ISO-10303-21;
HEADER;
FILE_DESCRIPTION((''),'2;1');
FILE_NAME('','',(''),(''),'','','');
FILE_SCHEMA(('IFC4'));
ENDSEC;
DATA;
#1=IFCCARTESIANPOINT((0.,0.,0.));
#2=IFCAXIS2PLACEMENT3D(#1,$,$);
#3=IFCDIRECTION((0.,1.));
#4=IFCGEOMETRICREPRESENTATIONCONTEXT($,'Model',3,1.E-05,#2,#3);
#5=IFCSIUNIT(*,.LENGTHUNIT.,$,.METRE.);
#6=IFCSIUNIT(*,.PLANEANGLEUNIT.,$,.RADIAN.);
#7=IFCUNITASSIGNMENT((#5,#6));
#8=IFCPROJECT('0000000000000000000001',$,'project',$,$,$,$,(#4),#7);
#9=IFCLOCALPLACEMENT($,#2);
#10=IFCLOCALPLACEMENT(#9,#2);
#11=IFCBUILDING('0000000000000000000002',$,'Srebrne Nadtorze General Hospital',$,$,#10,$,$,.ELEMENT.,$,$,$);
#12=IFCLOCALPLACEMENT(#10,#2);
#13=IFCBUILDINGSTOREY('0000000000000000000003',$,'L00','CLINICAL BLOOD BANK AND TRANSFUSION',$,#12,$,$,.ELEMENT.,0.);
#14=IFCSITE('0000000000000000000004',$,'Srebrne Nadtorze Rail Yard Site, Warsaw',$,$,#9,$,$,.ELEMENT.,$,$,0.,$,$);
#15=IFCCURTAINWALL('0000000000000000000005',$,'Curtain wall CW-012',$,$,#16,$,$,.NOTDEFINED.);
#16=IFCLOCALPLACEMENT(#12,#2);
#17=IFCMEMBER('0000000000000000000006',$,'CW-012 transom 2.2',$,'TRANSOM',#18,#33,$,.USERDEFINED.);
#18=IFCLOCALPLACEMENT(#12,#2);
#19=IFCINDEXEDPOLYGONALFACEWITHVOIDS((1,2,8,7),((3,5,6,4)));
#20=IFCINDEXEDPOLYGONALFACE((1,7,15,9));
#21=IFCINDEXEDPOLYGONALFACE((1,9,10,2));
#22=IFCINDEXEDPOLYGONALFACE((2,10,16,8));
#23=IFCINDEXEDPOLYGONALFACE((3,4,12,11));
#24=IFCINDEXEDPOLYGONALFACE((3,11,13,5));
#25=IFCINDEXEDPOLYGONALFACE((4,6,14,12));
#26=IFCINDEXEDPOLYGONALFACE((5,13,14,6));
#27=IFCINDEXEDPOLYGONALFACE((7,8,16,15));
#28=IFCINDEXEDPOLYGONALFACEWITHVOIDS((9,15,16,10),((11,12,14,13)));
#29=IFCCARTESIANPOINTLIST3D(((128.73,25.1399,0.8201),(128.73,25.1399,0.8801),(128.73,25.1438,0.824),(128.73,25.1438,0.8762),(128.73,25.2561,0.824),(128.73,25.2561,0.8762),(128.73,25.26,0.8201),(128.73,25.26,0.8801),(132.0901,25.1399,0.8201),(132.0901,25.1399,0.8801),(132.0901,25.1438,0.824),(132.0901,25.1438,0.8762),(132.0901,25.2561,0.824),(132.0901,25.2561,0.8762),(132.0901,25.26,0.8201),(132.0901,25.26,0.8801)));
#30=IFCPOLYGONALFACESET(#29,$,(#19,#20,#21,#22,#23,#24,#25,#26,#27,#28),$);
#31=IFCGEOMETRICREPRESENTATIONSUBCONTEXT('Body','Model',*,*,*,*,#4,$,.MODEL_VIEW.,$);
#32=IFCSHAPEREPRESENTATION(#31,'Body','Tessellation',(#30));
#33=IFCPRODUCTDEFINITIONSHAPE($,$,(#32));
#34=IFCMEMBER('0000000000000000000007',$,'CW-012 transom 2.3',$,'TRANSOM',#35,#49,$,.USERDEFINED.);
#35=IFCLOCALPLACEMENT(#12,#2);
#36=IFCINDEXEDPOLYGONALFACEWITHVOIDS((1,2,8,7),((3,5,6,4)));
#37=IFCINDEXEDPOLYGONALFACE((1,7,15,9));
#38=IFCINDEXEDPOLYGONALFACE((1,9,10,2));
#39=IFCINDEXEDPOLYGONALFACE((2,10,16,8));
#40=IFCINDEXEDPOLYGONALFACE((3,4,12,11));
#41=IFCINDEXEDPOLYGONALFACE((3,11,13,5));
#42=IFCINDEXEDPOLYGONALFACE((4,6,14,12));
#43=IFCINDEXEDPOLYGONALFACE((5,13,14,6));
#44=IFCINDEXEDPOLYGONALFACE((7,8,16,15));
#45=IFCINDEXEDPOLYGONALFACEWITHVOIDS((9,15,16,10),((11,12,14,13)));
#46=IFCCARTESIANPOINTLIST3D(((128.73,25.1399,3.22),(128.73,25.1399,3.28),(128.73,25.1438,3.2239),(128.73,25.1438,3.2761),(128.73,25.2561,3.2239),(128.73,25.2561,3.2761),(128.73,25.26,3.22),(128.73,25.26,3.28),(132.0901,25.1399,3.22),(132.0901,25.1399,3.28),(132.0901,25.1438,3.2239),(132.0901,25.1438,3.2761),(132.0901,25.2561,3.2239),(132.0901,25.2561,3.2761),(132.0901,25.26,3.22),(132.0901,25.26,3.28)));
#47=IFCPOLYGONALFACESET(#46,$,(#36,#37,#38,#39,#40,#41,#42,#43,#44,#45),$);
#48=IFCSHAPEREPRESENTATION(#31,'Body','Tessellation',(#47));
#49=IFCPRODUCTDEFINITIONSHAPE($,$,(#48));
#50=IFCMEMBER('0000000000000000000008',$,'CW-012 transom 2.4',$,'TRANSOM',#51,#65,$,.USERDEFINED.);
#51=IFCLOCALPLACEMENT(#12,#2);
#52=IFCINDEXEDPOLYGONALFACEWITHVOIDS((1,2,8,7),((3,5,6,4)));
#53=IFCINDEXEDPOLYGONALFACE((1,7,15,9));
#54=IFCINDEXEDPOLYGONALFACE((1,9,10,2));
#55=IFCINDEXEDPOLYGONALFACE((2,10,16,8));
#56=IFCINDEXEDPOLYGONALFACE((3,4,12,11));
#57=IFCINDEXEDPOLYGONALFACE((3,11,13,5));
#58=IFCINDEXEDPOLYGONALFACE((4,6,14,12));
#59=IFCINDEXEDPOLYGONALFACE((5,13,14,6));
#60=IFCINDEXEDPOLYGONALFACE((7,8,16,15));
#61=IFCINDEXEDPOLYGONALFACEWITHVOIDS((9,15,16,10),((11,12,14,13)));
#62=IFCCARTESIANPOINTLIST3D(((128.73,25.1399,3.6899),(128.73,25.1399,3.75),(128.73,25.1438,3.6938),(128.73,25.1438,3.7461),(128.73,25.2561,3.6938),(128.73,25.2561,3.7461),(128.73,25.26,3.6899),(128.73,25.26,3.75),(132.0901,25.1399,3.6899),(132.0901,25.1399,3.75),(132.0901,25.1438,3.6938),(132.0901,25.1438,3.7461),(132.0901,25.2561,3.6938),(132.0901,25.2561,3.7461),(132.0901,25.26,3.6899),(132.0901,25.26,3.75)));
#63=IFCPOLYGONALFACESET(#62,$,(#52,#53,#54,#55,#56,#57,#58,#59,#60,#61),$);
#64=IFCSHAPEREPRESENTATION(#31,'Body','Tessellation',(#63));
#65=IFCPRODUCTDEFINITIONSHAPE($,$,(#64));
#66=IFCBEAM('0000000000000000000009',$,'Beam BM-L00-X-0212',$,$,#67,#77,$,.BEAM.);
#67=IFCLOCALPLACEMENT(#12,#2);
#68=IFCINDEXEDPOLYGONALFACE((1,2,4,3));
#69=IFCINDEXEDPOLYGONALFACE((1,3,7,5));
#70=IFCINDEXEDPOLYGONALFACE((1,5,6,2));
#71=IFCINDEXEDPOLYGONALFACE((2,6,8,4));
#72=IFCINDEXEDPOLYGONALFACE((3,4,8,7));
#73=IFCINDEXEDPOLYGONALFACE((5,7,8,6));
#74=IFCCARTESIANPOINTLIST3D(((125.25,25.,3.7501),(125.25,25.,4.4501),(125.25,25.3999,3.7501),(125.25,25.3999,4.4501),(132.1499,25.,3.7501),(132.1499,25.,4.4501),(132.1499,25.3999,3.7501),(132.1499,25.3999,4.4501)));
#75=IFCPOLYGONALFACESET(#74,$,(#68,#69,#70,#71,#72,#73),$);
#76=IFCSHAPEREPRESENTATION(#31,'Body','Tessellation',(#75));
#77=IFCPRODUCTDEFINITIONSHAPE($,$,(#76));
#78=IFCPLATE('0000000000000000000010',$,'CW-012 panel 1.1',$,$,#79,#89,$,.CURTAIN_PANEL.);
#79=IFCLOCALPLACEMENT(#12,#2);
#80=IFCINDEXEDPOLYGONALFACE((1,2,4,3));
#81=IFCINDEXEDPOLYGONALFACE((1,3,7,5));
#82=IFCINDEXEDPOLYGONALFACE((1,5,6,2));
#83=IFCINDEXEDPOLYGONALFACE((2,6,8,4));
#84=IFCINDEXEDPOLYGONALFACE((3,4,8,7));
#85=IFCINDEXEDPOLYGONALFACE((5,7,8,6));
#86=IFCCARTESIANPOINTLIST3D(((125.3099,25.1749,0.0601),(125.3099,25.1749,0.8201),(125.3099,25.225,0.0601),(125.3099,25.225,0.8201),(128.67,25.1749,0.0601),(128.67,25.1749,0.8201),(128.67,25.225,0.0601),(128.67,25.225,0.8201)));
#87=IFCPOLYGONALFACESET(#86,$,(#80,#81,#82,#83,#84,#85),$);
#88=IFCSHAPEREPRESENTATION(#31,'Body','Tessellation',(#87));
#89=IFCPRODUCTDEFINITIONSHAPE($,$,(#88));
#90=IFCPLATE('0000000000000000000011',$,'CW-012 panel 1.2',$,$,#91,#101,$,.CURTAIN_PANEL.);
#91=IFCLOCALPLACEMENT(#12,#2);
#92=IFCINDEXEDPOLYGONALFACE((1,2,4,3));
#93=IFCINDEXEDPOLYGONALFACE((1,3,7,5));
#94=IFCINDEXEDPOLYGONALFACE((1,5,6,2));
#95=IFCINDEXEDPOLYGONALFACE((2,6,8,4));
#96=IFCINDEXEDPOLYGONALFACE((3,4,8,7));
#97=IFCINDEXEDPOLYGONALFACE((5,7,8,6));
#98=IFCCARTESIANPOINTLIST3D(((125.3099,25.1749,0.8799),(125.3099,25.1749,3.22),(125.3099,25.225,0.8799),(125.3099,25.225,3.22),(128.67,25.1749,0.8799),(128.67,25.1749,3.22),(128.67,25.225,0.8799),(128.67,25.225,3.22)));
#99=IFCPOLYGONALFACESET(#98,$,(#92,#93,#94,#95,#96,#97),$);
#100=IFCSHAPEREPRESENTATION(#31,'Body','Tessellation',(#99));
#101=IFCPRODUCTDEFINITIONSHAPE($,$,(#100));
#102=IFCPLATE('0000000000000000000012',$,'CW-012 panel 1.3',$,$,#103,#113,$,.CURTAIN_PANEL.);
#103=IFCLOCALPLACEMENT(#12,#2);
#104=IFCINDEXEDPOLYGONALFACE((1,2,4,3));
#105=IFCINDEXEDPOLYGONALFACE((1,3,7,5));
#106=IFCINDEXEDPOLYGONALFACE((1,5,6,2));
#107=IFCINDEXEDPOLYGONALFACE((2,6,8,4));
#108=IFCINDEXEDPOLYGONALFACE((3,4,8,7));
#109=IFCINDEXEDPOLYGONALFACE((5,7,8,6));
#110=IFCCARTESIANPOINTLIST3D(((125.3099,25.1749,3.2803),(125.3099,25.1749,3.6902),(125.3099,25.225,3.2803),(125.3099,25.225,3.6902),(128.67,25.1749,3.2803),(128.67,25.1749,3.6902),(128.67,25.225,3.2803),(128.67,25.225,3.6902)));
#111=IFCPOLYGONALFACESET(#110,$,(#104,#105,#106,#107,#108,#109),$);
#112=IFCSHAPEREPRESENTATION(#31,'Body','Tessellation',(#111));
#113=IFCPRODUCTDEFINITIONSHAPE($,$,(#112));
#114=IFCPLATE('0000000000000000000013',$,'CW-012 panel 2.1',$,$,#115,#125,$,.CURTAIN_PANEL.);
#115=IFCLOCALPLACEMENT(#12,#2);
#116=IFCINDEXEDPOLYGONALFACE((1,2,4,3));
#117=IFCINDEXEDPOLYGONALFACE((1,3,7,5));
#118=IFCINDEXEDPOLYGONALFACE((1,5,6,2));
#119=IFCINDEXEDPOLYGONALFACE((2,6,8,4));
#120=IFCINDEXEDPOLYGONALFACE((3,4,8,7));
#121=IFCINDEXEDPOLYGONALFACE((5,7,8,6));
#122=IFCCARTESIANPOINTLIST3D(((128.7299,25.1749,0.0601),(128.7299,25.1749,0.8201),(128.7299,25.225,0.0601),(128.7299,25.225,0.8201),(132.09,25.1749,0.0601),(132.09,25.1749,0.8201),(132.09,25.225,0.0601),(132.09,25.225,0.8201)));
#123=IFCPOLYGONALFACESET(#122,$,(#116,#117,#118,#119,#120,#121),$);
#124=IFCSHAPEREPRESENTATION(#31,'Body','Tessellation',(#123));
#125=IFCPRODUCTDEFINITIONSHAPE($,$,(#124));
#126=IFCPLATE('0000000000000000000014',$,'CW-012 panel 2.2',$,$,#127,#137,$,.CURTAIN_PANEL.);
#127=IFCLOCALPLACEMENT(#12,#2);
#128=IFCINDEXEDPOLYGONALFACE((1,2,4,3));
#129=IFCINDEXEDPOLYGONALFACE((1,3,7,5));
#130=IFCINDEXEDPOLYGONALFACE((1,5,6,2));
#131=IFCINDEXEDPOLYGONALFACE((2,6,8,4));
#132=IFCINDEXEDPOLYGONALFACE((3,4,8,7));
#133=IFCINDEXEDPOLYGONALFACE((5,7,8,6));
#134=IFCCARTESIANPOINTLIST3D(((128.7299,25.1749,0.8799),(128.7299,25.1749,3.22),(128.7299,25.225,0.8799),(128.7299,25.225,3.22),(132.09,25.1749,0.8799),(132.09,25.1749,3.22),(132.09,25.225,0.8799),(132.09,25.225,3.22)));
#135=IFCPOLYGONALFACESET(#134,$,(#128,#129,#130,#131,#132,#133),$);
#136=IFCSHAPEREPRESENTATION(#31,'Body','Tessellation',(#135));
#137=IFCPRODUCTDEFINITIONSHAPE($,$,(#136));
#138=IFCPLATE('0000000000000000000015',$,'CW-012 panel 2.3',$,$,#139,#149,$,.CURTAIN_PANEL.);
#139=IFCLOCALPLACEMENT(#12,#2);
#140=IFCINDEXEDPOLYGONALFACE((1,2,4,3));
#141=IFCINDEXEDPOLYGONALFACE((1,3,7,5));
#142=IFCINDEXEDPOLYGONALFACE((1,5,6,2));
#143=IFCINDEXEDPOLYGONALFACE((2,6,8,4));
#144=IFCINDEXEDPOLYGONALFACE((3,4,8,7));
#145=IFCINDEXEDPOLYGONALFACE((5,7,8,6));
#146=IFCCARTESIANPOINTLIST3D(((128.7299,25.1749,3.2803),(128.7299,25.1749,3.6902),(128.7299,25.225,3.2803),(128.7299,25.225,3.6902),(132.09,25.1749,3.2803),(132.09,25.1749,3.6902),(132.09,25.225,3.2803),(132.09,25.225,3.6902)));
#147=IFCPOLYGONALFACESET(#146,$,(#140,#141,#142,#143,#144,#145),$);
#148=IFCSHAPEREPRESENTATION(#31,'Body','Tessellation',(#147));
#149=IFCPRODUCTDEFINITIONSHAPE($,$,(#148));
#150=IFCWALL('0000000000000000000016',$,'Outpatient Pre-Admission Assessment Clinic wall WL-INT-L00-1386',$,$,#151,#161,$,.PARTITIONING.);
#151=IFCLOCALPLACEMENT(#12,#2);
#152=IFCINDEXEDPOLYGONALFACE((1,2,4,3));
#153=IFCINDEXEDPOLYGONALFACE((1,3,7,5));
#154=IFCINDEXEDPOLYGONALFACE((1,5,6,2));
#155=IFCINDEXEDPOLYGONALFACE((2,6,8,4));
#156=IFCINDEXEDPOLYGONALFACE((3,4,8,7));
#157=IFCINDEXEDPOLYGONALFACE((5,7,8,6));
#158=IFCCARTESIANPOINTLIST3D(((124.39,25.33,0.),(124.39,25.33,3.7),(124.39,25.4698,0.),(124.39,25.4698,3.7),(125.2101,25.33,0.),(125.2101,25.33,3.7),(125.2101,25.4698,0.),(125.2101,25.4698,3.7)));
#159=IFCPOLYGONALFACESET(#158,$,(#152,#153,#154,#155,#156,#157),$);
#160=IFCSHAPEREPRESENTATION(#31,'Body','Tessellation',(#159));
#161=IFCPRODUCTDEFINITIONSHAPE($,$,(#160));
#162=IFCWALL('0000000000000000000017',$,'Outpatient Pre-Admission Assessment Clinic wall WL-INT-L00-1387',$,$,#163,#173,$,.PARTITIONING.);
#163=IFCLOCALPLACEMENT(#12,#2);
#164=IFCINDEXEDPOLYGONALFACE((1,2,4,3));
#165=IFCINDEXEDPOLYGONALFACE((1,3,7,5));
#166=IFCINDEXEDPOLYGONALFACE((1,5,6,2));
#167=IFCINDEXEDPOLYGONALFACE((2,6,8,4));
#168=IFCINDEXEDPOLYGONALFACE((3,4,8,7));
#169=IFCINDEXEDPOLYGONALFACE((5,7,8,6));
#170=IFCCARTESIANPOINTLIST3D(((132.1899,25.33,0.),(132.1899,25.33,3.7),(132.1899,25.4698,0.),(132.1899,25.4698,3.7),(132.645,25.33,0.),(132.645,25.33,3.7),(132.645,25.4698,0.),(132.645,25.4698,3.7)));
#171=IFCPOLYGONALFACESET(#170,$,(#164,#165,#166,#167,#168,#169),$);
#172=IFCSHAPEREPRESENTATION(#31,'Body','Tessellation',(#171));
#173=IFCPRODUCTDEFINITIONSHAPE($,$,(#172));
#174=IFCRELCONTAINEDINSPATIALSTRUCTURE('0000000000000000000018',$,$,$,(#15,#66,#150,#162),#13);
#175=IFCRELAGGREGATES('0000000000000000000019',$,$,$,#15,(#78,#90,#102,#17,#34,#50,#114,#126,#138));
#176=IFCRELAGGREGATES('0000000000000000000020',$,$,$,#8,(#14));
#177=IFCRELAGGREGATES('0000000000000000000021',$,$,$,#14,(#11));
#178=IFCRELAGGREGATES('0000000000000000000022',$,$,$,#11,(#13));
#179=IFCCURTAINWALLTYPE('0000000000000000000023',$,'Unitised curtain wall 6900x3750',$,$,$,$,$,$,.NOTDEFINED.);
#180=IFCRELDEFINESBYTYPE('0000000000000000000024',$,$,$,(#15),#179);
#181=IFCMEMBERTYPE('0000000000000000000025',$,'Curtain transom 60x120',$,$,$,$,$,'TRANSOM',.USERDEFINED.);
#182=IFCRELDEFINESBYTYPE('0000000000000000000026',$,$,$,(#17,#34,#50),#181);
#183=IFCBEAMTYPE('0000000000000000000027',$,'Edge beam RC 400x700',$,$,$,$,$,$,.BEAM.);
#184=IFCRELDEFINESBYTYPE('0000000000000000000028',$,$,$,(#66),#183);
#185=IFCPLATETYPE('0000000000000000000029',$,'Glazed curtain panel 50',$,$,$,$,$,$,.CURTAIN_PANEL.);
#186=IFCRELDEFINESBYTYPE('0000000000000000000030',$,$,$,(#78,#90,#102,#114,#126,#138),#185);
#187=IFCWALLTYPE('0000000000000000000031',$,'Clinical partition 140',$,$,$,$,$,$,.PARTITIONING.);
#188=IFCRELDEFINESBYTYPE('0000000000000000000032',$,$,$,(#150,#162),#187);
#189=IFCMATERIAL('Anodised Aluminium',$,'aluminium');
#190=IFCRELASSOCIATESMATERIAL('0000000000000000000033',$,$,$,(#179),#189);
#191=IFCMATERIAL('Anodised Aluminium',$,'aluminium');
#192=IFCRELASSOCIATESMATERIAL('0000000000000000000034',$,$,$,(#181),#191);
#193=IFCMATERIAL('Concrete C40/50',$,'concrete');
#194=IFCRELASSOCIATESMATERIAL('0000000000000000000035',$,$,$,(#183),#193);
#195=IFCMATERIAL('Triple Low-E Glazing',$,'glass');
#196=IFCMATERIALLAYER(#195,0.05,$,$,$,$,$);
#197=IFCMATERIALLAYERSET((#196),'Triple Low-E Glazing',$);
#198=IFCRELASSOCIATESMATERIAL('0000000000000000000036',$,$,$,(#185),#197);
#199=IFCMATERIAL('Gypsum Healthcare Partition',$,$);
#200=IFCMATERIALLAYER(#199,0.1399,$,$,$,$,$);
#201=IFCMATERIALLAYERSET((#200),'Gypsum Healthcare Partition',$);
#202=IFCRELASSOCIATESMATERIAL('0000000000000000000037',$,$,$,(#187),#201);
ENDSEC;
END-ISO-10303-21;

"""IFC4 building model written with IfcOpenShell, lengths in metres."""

from ifc_helpers import new_model, si_unit, direction, frame, frame_2d, origin, origin_2d, place, context, subcontext, project, spatial, rectangle, hollow_rectangle, extrude, material, layer, layer_set, material_profile, profile_set, type_object, element, aggregate, save


model = new_model("IFC4")

# Units and contexts
model_context = context("Model", 3, precision=1e-05, world=origin(), true_north=direction((0.0, 1.0)))
body_context = subcontext(model_context, "Body", "Model", "MODEL_VIEW")
ifc_project = project(units=[si_unit("LENGTHUNIT", "METRE"), si_unit("PLANEANGLEUNIT", "RADIAN")], contexts=[model_context])

# Site, building, storey
site_placement = place(None, origin())
site = spatial("IfcSite", under=ifc_project, at=site_placement, Name="Srebrne Nadtorze Rail Yard Site, Warsaw", CompositionType="ELEMENT", RefElevation=0.0)
building_placement = place(site_placement, origin())
building = spatial("IfcBuilding", under=site, at=building_placement, Name="Srebrne Nadtorze General Hospital", CompositionType="ELEMENT")
storey_placement = place(building_placement, origin())
storey = spatial("IfcBuildingStorey", under=building, at=storey_placement, Name="L00", Description="CLINICAL BLOOD BANK AND TRANSFUSION", CompositionType="ELEMENT", Elevation=0.0)

# Curtain wall
ifc_material_1 = material(Name="Anodised Aluminium", Category="aluminium")
curtain_wall_type = type_object("IfcCurtainWallType", Name="Unitised curtain wall 6900x3750", PredefinedType="NOTDEFINED", material=ifc_material_1)
curtain_wall_1_placement = place(storey_placement, origin())
curtain_wall_1 = element("IfcCurtainWall", 1, at=curtain_wall_1_placement, inside=storey, type_object=curtain_wall_type, Name="Curtain wall CW-012", PredefinedType="NOTDEFINED")

# Members
ifc_material_2 = material(Name="Anodised Aluminium", Category="aluminium")
ifc_material_profile_1 = material_profile(ifc_material_2, hollow_rectangle(XDim=0.0601, YDim=0.1201, WallThickness=0.0039, at=origin_2d()), Name="AL-TRN-60x120")
ifc_profile_set_1 = profile_set([ifc_material_profile_1], Name="Anodised Aluminium")
member_type_1 = type_object("IfcMemberType", Name="Curtain transom 60x120", ElementType="TRANSOM", PredefinedType="USERDEFINED", material=ifc_profile_set_1)
member_1_placement = place(storey_placement, frame((128.73, 25.2, 0.8501), z_axis=(1.0, 0.0, 0.0), x_axis=(0.0, 0.0, 1.0)))
member_1 = element("IfcMember", 2, at=member_1_placement, type_object=member_type_1, Name="CW-012 transom 2.2", ObjectType="TRANSOM", PredefinedType="USERDEFINED", context=body_context, shape_type="SweptSolid", body=[
    extrude(hollow_rectangle(XDim=0.0601, YDim=0.1201, WallThickness=0.0039, at=origin_2d()), origin(), (0.0, 0.0, 1.0), 3.3601),
])
member_2_placement = place(storey_placement, frame((128.73, 25.2, 3.25), z_axis=(1.0, 0.0, 0.0), x_axis=(0.0, 0.0, 1.0)))
member_2 = element("IfcMember", 3, at=member_2_placement, type_object=member_type_1, Name="CW-012 transom 2.3", ObjectType="TRANSOM", PredefinedType="USERDEFINED", context=body_context, shape_type="SweptSolid", body=[
    extrude(hollow_rectangle(XDim=0.0601, YDim=0.1201, WallThickness=0.0039, at=origin_2d()), origin(), (0.0, 0.0, 1.0), 3.3601),
])
member_3_placement = place(storey_placement, frame((128.73, 25.2, 3.72), z_axis=(1.0, 0.0, 0.0), x_axis=(0.0, 0.0, 1.0)))
member_3 = element("IfcMember", 4, at=member_3_placement, type_object=member_type_1, Name="CW-012 transom 2.4", ObjectType="TRANSOM", PredefinedType="USERDEFINED", context=body_context, shape_type="SweptSolid", body=[
    extrude(hollow_rectangle(XDim=0.0601, YDim=0.1201, WallThickness=0.0039, at=origin_2d()), origin(), (0.0, 0.0, 1.0), 3.3601),
])

# Beam
ifc_material_3 = material(Name="Concrete C40/50", Category="concrete")
ifc_material_profile_2 = material_profile(ifc_material_3, rectangle(XDim=0.3999, YDim=0.7, at=origin_2d()), Name="RC-BM-400x700")
ifc_profile_set_2 = profile_set([ifc_material_profile_2], Name="Concrete C40/50")
beam_type = type_object("IfcBeamType", Name="Edge beam RC 400x700", PredefinedType="BEAM", material=ifc_profile_set_2)
beam_placement = place(storey_placement, frame((125.25, 25.2, 4.1001), z_axis=(1.0, 0.0, 0.0), x_axis=(0.0, 1.0, 0.0)))
element("IfcBeam", 5, at=beam_placement, inside=storey, type_object=beam_type, Name="Beam BM-L00-X-0212", PredefinedType="BEAM", context=body_context, shape_type="SweptSolid", body=[
    extrude(rectangle(XDim=0.3999, YDim=0.7, at=origin_2d()), origin(), (0.0, 0.0, 1.0), 6.8999),
])

# Plates
ifc_material_4 = material(Name="Triple Low-E Glazing", Category="glass")
ifc_layer_1 = layer(ifc_material_4, 0.05)
ifc_layer_set_1 = layer_set([ifc_layer_1], Name="Triple Low-E Glazing")
plate_type = type_object("IfcPlateType", Name="Glazed curtain panel 50", PredefinedType="CURTAIN_PANEL", material=ifc_layer_set_1)
plate_1_placement = place(storey_placement, frame((126.99, 25.2, 0.0601), z_axis=(0.0, 0.0, 1.0), x_axis=(1.0, 0.0, 0.0)))
plate_1 = element("IfcPlate", 6, at=plate_1_placement, type_object=plate_type, Name="CW-012 panel 1.1", PredefinedType="CURTAIN_PANEL", context=body_context, shape_type="SweptSolid", body=[
    extrude(rectangle(XDim=3.3601, YDim=0.05, at=origin_2d()), origin(), (0.0, 0.0, 1.0), 0.76),
])
plate_2_placement = place(storey_placement, frame((126.99, 25.2, 0.8799), z_axis=(0.0, 0.0, 1.0), x_axis=(1.0, 0.0, 0.0)))
plate_2 = element("IfcPlate", 7, at=plate_2_placement, type_object=plate_type, Name="CW-012 panel 1.2", PredefinedType="CURTAIN_PANEL", context=body_context, shape_type="SweptSolid", body=[
    extrude(rectangle(XDim=3.3601, YDim=0.05, at=origin_2d()), origin(), (0.0, 0.0, 1.0), 2.3401),
])
plate_3_placement = place(storey_placement, frame((126.99, 25.2, 3.2803), z_axis=(0.0, 0.0, 1.0), x_axis=(1.0, 0.0, 0.0)))
plate_3 = element("IfcPlate", 8, at=plate_3_placement, type_object=plate_type, Name="CW-012 panel 1.3", PredefinedType="CURTAIN_PANEL", context=body_context, shape_type="SweptSolid", body=[
    extrude(rectangle(XDim=3.3601, YDim=0.05, at=origin_2d()), origin(), (0.0, 0.0, 1.0), 0.4099),
])
plate_4_placement = place(storey_placement, frame((130.4099, 25.2, 0.0601), z_axis=(0.0, 0.0, 1.0), x_axis=(1.0, 0.0, 0.0)))
plate_4 = element("IfcPlate", 9, at=plate_4_placement, type_object=plate_type, Name="CW-012 panel 2.1", PredefinedType="CURTAIN_PANEL", context=body_context, shape_type="SweptSolid", body=[
    extrude(rectangle(XDim=3.3601, YDim=0.05, at=origin_2d()), origin(), (0.0, 0.0, 1.0), 0.76),
])
plate_5_placement = place(storey_placement, frame((130.4099, 25.2, 0.8799), z_axis=(0.0, 0.0, 1.0), x_axis=(1.0, 0.0, 0.0)))
plate_5 = element("IfcPlate", 10, at=plate_5_placement, type_object=plate_type, Name="CW-012 panel 2.2", PredefinedType="CURTAIN_PANEL", context=body_context, shape_type="SweptSolid", body=[
    extrude(rectangle(XDim=3.3601, YDim=0.05, at=origin_2d()), origin(), (0.0, 0.0, 1.0), 2.3401),
])
plate_6_placement = place(storey_placement, frame((130.4099, 25.2, 3.2803), z_axis=(0.0, 0.0, 1.0), x_axis=(1.0, 0.0, 0.0)))
plate_6 = element("IfcPlate", 11, at=plate_6_placement, type_object=plate_type, Name="CW-012 panel 2.3", PredefinedType="CURTAIN_PANEL", context=body_context, shape_type="SweptSolid", body=[
    extrude(rectangle(XDim=3.3601, YDim=0.05, at=origin_2d()), origin(), (0.0, 0.0, 1.0), 0.4099),
])
aggregate(curtain_wall_1, [plate_1, plate_2, plate_3, member_1, member_2, member_3, plate_4, plate_5, plate_6])

# Walls
ifc_material_5 = material(Name="Gypsum Healthcare Partition")
ifc_layer_2 = layer(ifc_material_5, 0.1399)
ifc_layer_set_2 = layer_set([ifc_layer_2], Name="Gypsum Healthcare Partition")
wall_type = type_object("IfcWallType", Name="Clinical partition 140", PredefinedType="PARTITIONING", material=ifc_layer_set_2)
wall_1_placement = place(storey_placement, frame((124.3899, 25.3999, 0.0), z_axis=(0.0, 0.0, 1.0), x_axis=(1.0, 0.0, 0.0)))
element("IfcWall", 12, at=wall_1_placement, inside=storey, type_object=wall_type, Name="Outpatient Pre-Admission Assessment Clinic wall WL-INT-L00-1386", PredefinedType="PARTITIONING", context=body_context, shape_type="SweptSolid", body=[
    extrude(rectangle(XDim=0.8201, YDim=0.1399, at=frame_2d((0.4102, 0.0))), origin(), (0.0, 0.0, 1.0), 3.7),
])
wall_2_placement = place(storey_placement, frame((132.1899, 25.3999, 0.0), z_axis=(0.0, 0.0, 1.0), x_axis=(1.0, 0.0, 0.0)))
element("IfcWall", 13, at=wall_2_placement, inside=storey, type_object=wall_type, Name="Outpatient Pre-Admission Assessment Clinic wall WL-INT-L00-1387", PredefinedType="PARTITIONING", context=body_context, shape_type="SweptSolid", body=[
    extrude(rectangle(XDim=0.4551, YDim=0.1399, at=frame_2d((0.2275, 0.0))), origin(), (0.0, 0.0, 1.0), 3.7),
])

save(model, "model.ifc")
